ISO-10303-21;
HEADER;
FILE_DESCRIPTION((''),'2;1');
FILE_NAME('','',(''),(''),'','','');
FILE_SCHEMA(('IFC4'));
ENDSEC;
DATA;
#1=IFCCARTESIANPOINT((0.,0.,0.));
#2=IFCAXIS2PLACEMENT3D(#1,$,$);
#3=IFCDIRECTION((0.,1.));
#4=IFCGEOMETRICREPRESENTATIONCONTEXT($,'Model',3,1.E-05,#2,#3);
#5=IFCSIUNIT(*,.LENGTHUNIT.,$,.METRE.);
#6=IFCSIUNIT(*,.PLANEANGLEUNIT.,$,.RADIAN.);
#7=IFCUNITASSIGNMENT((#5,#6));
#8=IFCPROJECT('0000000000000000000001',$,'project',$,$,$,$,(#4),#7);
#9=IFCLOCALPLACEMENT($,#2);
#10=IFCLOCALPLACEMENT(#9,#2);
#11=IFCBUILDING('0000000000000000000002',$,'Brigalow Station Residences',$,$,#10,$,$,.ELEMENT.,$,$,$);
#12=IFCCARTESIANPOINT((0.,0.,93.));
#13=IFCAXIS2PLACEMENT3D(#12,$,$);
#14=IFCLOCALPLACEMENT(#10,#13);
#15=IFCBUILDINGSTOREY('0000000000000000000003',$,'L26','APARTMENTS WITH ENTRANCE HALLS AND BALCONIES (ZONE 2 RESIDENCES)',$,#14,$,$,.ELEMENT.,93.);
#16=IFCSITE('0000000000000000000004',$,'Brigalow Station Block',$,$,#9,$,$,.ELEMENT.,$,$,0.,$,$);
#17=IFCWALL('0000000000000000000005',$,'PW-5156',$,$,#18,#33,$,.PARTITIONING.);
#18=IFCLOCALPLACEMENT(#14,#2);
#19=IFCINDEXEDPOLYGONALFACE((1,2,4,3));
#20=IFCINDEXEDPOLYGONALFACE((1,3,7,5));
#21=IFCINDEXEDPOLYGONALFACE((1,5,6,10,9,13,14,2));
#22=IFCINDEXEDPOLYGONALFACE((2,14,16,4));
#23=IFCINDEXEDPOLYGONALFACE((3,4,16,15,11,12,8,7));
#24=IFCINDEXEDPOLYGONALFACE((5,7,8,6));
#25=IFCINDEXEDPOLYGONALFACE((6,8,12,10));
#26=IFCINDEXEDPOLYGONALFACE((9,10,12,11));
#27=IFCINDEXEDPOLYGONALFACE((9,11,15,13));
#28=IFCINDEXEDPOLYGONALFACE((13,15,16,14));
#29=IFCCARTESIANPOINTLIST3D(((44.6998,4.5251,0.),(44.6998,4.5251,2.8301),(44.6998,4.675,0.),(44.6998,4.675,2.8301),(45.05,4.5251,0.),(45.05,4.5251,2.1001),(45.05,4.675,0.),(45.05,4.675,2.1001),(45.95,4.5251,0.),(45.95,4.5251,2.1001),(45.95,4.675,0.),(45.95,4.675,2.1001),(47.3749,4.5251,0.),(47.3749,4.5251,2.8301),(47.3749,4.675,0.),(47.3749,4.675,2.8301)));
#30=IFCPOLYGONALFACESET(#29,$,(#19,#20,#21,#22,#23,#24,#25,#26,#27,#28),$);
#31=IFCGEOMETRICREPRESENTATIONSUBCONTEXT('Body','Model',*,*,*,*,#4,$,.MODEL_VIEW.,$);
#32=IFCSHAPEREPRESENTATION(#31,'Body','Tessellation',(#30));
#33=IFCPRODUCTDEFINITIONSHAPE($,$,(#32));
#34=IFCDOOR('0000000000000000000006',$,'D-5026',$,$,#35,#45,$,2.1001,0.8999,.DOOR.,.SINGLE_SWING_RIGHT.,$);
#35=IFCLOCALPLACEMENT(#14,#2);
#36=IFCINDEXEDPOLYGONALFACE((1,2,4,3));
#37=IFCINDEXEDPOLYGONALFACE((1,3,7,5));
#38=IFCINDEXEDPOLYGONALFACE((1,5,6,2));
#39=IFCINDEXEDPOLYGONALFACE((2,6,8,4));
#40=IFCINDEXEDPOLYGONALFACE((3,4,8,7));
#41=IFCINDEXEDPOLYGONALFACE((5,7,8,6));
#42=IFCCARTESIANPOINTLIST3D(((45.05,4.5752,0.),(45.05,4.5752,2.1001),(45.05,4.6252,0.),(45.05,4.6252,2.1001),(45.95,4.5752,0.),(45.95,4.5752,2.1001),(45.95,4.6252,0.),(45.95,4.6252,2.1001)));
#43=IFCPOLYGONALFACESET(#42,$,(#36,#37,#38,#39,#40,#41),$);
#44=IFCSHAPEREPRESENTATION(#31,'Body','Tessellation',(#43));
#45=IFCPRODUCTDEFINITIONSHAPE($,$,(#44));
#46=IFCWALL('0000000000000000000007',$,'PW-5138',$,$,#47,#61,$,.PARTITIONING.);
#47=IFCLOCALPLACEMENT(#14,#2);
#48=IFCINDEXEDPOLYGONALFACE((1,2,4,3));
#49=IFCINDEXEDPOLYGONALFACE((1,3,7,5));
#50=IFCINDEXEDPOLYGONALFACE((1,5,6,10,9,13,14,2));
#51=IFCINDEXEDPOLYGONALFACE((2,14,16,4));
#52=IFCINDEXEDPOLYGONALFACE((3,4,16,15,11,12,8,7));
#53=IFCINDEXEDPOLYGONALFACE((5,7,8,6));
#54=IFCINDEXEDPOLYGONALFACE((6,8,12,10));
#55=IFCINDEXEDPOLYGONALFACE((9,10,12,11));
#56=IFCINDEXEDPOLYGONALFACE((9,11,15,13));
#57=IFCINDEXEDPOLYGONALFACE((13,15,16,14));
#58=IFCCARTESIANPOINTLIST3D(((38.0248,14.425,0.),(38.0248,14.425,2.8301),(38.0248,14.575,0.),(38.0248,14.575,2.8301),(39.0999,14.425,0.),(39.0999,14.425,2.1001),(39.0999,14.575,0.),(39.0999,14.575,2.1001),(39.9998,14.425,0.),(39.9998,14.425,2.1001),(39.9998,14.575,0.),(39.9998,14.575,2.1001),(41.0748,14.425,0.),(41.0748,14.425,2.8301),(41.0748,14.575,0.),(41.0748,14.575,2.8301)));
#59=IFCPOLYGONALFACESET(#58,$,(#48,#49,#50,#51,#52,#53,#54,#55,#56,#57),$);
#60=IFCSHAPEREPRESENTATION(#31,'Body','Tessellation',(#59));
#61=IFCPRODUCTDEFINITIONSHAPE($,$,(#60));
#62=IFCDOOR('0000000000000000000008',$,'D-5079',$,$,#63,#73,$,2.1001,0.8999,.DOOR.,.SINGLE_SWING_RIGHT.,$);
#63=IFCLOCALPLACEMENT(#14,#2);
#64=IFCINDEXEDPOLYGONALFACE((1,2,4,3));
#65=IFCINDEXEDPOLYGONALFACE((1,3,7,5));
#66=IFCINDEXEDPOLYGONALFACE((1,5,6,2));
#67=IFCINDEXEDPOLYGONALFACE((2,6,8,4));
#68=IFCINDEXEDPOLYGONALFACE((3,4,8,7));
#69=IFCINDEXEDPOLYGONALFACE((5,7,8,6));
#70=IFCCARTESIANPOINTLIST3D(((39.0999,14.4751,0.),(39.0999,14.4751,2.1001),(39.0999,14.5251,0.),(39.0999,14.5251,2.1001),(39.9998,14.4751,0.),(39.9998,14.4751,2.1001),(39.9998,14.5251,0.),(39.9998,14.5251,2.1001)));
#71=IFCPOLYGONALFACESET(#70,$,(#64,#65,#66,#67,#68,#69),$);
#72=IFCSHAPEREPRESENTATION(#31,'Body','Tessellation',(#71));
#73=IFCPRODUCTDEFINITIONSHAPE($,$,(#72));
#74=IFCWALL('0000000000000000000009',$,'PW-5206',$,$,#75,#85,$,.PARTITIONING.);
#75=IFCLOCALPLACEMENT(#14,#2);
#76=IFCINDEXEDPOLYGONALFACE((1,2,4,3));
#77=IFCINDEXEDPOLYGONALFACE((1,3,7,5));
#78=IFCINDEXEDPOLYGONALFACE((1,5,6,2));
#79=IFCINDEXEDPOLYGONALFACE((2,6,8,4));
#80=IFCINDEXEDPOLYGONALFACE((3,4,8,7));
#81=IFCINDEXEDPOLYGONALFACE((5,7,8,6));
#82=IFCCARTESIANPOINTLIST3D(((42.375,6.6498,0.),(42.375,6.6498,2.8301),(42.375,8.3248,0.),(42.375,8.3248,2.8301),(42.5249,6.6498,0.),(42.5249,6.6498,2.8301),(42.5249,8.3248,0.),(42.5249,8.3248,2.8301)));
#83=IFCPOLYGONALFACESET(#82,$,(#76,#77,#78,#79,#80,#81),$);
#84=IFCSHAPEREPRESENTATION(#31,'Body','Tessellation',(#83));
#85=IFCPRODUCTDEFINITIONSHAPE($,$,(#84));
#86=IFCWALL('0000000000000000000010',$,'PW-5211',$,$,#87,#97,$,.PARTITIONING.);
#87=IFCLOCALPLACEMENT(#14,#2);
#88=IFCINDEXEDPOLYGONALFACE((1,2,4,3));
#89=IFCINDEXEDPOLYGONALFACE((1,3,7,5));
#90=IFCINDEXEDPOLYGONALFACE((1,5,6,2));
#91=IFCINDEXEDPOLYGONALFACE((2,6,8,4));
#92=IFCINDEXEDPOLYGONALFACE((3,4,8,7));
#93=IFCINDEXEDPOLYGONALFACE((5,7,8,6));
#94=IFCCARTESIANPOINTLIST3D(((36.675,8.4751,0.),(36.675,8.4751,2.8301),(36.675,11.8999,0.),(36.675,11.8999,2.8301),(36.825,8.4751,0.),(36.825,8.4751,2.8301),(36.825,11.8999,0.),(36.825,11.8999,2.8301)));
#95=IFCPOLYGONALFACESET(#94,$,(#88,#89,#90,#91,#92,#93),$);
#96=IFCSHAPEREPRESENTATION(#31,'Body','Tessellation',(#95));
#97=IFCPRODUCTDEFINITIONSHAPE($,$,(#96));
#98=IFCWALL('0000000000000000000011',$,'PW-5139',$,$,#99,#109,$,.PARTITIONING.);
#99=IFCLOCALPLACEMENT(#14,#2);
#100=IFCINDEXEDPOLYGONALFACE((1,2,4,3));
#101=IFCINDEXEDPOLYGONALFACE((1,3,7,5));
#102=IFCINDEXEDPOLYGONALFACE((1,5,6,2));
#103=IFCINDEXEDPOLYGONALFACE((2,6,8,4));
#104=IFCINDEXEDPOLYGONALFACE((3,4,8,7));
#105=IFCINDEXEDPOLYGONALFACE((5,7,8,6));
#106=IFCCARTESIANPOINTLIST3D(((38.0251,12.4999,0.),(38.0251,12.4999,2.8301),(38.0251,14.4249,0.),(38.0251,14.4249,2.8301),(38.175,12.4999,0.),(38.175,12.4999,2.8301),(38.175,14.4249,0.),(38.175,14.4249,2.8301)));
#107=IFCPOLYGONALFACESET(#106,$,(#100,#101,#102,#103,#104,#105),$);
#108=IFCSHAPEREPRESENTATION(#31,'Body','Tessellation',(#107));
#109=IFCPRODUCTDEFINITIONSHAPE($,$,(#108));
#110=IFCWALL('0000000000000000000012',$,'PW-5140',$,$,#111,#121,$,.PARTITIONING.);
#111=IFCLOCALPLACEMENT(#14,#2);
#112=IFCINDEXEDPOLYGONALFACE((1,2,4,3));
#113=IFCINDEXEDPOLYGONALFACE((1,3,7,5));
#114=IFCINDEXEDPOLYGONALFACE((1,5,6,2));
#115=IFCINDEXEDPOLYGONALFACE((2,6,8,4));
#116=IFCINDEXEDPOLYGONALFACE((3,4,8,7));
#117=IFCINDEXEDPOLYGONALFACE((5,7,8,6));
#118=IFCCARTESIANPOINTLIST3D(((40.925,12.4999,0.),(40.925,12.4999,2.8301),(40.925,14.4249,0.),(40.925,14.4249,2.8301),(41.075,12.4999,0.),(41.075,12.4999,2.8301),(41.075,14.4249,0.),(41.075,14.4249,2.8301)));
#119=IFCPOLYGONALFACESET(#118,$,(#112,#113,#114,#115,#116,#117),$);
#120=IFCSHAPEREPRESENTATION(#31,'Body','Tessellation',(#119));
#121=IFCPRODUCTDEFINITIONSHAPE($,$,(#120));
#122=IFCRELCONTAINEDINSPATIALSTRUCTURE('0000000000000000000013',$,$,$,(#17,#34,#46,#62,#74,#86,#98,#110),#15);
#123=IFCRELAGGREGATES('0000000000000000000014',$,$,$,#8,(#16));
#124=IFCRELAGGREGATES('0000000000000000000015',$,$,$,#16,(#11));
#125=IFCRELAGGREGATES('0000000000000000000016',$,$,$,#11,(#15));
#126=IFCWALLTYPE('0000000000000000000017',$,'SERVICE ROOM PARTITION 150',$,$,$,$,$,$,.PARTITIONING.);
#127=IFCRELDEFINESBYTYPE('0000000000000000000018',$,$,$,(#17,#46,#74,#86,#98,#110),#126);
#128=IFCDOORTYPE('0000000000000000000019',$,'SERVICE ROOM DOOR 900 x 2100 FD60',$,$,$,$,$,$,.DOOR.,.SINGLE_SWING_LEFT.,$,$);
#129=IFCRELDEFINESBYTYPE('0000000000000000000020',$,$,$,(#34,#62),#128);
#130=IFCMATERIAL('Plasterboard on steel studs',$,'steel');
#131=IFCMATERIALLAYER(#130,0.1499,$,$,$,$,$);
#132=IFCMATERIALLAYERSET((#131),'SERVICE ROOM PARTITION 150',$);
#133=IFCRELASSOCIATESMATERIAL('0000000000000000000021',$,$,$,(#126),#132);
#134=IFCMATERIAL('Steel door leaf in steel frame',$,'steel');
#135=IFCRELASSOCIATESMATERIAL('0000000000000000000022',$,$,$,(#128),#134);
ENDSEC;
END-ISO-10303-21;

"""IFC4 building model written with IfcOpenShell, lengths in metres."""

from ifc_helpers import new_model, si_unit, direction, frame, frame_2d, origin, place, context, subcontext, project, spatial, rectangle, extrude, material, layer, layer_set, type_object, element, fill, save


model = new_model("IFC4")

# Units and contexts
model_context = context("Model", 3, precision=1e-05, world=origin(), true_north=direction((0.0, 1.0)))
body_context = subcontext(model_context, "Body", "Model", "MODEL_VIEW")
ifc_project = project(units=[si_unit("LENGTHUNIT", "METRE"), si_unit("PLANEANGLEUNIT", "RADIAN")], contexts=[model_context])

# Site, building, storey
site_placement = place(None, origin())
site = spatial("IfcSite", under=ifc_project, at=site_placement, Name="Brigalow Station Block", CompositionType="ELEMENT", RefElevation=0.0)
building_placement = place(site_placement, origin())
building = spatial("IfcBuilding", under=site, at=building_placement, Name="Brigalow Station Residences", CompositionType="ELEMENT")
storey_placement = place(building_placement, frame((0.0, 0.0, 93.0)))
storey = spatial("IfcBuildingStorey", under=building, at=storey_placement, Name="L26", Description="APARTMENTS WITH ENTRANCE HALLS AND BALCONIES (ZONE 2 RESIDENCES)", CompositionType="ELEMENT", Elevation=93.0)

# Walls, openings, doors
ifc_material_1 = material(Name="Plasterboard on steel studs", Category="steel")
ifc_layer_1 = layer(ifc_material_1, 0.1499)
ifc_layer_set_1 = layer_set([ifc_layer_1], Name="SERVICE ROOM PARTITION 150")
wall_type_1 = type_object("IfcWallType", Name="SERVICE ROOM PARTITION 150", PredefinedType="PARTITIONING", material=ifc_layer_set_1)
wall_1_placement = place(storey_placement, frame((44.7, 4.6001, 0.0), z_axis=(0.0, 0.0, 1.0), x_axis=(1.0, 0.0, 0.0)))
wall_1 = element("IfcWall", 1, at=wall_1_placement, inside=storey, type_object=wall_type_1, Name="PW-5156", PredefinedType="PARTITIONING", context=body_context, shape_type="SweptSolid", body=[
    extrude(rectangle(XDim=2.675, YDim=0.1499, at=frame_2d((1.3374, 0.0))), origin(), (0.0, 0.0, 1.0), 2.8301),
])
opening_1_placement = place(wall_1_placement, frame((0.3501, 0.0, 0.0)))
opening_1 = element("IfcOpeningElement", 2, at=opening_1_placement, cuts=wall_1, PredefinedType="OPENING", context=body_context, shape_type="SweptSolid", body=[
    extrude(rectangle(XDim=0.8999, YDim=2.1001, at=frame_2d((0.45, 1.05))), frame((0.0, 0.085, 0.0), z_axis=(0.0, -1.0, 0.0), x_axis=(1.0, 0.0, 0.0)), (0.0, 0.0, 1.0), 0.1699),
])
ifc_material_2 = material(Name="Steel door leaf in steel frame", Category="steel")
door_type_1 = type_object("IfcDoorType", Name="SERVICE ROOM DOOR 900 x 2100 FD60", OperationType="SINGLE_SWING_LEFT", PredefinedType="DOOR", material=ifc_material_2)
door_1_placement = place(opening_1_placement, frame((0.8999, 0.0, 0.0), z_axis=(0.0, 0.0, 1.0), x_axis=(-1.0, 0.0, 0.0)))
door_1 = element("IfcDoor", 3, at=door_1_placement, inside=storey, type_object=door_type_1, Name="D-5026", OperationType="SINGLE_SWING_RIGHT", OverallHeight=2.1001, OverallWidth=0.8999, PredefinedType="DOOR", context=body_context, shape_type="SweptSolid", body=[
    extrude(rectangle(XDim=0.8999, YDim=2.1001, at=frame_2d((0.45, 1.05))), frame((0.0, 0.0249, 0.0), z_axis=(0.0, -1.0, 0.0), x_axis=(1.0, 0.0, 0.0)), (0.0, 0.0, 1.0), 0.05),
])
fill(opening_1, door_1)
wall_2_placement = place(storey_placement, frame((38.0249, 14.5, 0.0), z_axis=(0.0, 0.0, 1.0), x_axis=(1.0, 0.0, 0.0)))
wall_2 = element("IfcWall", 4, at=wall_2_placement, inside=storey, type_object=wall_type_1, Name="PW-5138", PredefinedType="PARTITIONING", context=body_context, shape_type="SweptSolid", body=[
    extrude(rectangle(XDim=3.05, YDim=0.1499, at=frame_2d((1.5249, 0.0))), origin(), (0.0, 0.0, 1.0), 2.8301),
])
opening_2_placement = place(wall_2_placement, frame((1.075, 0.0, 0.0)))
opening_2 = element("IfcOpeningElement", 5, at=opening_2_placement, cuts=wall_2, PredefinedType="OPENING", context=body_context, shape_type="SweptSolid", body=[
    extrude(rectangle(XDim=0.8999, YDim=2.1001, at=frame_2d((0.45, 1.05))), frame((0.0, 0.085, 0.0), z_axis=(0.0, -1.0, 0.0), x_axis=(1.0, 0.0, 0.0)), (0.0, 0.0, 1.0), 0.1699),
])
door_2_placement = place(opening_2_placement, frame((0.8999, 0.0, 0.0), z_axis=(0.0, 0.0, 1.0), x_axis=(-1.0, 0.0, 0.0)))
door_2 = element("IfcDoor", 6, at=door_2_placement, inside=storey, type_object=door_type_1, Name="D-5079", OperationType="SINGLE_SWING_RIGHT", OverallHeight=2.1001, OverallWidth=0.8999, PredefinedType="DOOR", context=body_context, shape_type="SweptSolid", body=[
    extrude(rectangle(XDim=0.8999, YDim=2.1001, at=frame_2d((0.45, 1.05))), frame((0.0, 0.0249, 0.0), z_axis=(0.0, -1.0, 0.0), x_axis=(1.0, 0.0, 0.0)), (0.0, 0.0, 1.0), 0.05),
])
fill(opening_2, door_2)

# Walls
wall_3_placement = place(storey_placement, frame((42.45, 6.6499, 0.0), z_axis=(0.0, 0.0, 1.0), x_axis=(0.0, 1.0, 0.0)))
element("IfcWall", 7, at=wall_3_placement, inside=storey, type_object=wall_type_1, Name="PW-5206", PredefinedType="PARTITIONING", context=body_context, shape_type="SweptSolid", body=[
    extrude(rectangle(XDim=1.675, YDim=0.1499, at=frame_2d((0.8374, 0.0))), origin(), (0.0, 0.0, 1.0), 2.8301),
])
wall_4_placement = place(storey_placement, frame((36.75, 8.4751, 0.0), z_axis=(0.0, 0.0, 1.0), x_axis=(0.0, 1.0, 0.0)))
element("IfcWall", 8, at=wall_4_placement, inside=storey, type_object=wall_type_1, Name="PW-5211", PredefinedType="PARTITIONING", context=body_context, shape_type="SweptSolid", body=[
    extrude(rectangle(XDim=3.4248, YDim=0.1499, at=frame_2d((1.7124, 0.0))), origin(), (0.0, 0.0, 1.0), 2.8301),
])
for number, where, z_axis, x_axis, name in (
    (9, (38.1001, 12.5, 0.0), (0.0, 0.0, 1.0), (0.0, 1.0, 0.0), "PW-5139"),
    (10, (41.0, 12.5, 0.0), (0.0, 0.0, 1.0), (0.0, 1.0, 0.0), "PW-5140"),
):
    element("IfcWall", number, at=place(storey_placement, frame(where, z_axis=z_axis, x_axis=x_axis)), inside=storey, type_object=wall_type_1, Name=name, PredefinedType="PARTITIONING", context=body_context, shape_type="SweptSolid", body=[
        extrude(rectangle(XDim=1.925, YDim=0.1499, at=frame_2d((0.9624, 0.0))), origin(), (0.0, 0.0, 1.0), 2.8301),
    ])

save(model, "model.ifc")
